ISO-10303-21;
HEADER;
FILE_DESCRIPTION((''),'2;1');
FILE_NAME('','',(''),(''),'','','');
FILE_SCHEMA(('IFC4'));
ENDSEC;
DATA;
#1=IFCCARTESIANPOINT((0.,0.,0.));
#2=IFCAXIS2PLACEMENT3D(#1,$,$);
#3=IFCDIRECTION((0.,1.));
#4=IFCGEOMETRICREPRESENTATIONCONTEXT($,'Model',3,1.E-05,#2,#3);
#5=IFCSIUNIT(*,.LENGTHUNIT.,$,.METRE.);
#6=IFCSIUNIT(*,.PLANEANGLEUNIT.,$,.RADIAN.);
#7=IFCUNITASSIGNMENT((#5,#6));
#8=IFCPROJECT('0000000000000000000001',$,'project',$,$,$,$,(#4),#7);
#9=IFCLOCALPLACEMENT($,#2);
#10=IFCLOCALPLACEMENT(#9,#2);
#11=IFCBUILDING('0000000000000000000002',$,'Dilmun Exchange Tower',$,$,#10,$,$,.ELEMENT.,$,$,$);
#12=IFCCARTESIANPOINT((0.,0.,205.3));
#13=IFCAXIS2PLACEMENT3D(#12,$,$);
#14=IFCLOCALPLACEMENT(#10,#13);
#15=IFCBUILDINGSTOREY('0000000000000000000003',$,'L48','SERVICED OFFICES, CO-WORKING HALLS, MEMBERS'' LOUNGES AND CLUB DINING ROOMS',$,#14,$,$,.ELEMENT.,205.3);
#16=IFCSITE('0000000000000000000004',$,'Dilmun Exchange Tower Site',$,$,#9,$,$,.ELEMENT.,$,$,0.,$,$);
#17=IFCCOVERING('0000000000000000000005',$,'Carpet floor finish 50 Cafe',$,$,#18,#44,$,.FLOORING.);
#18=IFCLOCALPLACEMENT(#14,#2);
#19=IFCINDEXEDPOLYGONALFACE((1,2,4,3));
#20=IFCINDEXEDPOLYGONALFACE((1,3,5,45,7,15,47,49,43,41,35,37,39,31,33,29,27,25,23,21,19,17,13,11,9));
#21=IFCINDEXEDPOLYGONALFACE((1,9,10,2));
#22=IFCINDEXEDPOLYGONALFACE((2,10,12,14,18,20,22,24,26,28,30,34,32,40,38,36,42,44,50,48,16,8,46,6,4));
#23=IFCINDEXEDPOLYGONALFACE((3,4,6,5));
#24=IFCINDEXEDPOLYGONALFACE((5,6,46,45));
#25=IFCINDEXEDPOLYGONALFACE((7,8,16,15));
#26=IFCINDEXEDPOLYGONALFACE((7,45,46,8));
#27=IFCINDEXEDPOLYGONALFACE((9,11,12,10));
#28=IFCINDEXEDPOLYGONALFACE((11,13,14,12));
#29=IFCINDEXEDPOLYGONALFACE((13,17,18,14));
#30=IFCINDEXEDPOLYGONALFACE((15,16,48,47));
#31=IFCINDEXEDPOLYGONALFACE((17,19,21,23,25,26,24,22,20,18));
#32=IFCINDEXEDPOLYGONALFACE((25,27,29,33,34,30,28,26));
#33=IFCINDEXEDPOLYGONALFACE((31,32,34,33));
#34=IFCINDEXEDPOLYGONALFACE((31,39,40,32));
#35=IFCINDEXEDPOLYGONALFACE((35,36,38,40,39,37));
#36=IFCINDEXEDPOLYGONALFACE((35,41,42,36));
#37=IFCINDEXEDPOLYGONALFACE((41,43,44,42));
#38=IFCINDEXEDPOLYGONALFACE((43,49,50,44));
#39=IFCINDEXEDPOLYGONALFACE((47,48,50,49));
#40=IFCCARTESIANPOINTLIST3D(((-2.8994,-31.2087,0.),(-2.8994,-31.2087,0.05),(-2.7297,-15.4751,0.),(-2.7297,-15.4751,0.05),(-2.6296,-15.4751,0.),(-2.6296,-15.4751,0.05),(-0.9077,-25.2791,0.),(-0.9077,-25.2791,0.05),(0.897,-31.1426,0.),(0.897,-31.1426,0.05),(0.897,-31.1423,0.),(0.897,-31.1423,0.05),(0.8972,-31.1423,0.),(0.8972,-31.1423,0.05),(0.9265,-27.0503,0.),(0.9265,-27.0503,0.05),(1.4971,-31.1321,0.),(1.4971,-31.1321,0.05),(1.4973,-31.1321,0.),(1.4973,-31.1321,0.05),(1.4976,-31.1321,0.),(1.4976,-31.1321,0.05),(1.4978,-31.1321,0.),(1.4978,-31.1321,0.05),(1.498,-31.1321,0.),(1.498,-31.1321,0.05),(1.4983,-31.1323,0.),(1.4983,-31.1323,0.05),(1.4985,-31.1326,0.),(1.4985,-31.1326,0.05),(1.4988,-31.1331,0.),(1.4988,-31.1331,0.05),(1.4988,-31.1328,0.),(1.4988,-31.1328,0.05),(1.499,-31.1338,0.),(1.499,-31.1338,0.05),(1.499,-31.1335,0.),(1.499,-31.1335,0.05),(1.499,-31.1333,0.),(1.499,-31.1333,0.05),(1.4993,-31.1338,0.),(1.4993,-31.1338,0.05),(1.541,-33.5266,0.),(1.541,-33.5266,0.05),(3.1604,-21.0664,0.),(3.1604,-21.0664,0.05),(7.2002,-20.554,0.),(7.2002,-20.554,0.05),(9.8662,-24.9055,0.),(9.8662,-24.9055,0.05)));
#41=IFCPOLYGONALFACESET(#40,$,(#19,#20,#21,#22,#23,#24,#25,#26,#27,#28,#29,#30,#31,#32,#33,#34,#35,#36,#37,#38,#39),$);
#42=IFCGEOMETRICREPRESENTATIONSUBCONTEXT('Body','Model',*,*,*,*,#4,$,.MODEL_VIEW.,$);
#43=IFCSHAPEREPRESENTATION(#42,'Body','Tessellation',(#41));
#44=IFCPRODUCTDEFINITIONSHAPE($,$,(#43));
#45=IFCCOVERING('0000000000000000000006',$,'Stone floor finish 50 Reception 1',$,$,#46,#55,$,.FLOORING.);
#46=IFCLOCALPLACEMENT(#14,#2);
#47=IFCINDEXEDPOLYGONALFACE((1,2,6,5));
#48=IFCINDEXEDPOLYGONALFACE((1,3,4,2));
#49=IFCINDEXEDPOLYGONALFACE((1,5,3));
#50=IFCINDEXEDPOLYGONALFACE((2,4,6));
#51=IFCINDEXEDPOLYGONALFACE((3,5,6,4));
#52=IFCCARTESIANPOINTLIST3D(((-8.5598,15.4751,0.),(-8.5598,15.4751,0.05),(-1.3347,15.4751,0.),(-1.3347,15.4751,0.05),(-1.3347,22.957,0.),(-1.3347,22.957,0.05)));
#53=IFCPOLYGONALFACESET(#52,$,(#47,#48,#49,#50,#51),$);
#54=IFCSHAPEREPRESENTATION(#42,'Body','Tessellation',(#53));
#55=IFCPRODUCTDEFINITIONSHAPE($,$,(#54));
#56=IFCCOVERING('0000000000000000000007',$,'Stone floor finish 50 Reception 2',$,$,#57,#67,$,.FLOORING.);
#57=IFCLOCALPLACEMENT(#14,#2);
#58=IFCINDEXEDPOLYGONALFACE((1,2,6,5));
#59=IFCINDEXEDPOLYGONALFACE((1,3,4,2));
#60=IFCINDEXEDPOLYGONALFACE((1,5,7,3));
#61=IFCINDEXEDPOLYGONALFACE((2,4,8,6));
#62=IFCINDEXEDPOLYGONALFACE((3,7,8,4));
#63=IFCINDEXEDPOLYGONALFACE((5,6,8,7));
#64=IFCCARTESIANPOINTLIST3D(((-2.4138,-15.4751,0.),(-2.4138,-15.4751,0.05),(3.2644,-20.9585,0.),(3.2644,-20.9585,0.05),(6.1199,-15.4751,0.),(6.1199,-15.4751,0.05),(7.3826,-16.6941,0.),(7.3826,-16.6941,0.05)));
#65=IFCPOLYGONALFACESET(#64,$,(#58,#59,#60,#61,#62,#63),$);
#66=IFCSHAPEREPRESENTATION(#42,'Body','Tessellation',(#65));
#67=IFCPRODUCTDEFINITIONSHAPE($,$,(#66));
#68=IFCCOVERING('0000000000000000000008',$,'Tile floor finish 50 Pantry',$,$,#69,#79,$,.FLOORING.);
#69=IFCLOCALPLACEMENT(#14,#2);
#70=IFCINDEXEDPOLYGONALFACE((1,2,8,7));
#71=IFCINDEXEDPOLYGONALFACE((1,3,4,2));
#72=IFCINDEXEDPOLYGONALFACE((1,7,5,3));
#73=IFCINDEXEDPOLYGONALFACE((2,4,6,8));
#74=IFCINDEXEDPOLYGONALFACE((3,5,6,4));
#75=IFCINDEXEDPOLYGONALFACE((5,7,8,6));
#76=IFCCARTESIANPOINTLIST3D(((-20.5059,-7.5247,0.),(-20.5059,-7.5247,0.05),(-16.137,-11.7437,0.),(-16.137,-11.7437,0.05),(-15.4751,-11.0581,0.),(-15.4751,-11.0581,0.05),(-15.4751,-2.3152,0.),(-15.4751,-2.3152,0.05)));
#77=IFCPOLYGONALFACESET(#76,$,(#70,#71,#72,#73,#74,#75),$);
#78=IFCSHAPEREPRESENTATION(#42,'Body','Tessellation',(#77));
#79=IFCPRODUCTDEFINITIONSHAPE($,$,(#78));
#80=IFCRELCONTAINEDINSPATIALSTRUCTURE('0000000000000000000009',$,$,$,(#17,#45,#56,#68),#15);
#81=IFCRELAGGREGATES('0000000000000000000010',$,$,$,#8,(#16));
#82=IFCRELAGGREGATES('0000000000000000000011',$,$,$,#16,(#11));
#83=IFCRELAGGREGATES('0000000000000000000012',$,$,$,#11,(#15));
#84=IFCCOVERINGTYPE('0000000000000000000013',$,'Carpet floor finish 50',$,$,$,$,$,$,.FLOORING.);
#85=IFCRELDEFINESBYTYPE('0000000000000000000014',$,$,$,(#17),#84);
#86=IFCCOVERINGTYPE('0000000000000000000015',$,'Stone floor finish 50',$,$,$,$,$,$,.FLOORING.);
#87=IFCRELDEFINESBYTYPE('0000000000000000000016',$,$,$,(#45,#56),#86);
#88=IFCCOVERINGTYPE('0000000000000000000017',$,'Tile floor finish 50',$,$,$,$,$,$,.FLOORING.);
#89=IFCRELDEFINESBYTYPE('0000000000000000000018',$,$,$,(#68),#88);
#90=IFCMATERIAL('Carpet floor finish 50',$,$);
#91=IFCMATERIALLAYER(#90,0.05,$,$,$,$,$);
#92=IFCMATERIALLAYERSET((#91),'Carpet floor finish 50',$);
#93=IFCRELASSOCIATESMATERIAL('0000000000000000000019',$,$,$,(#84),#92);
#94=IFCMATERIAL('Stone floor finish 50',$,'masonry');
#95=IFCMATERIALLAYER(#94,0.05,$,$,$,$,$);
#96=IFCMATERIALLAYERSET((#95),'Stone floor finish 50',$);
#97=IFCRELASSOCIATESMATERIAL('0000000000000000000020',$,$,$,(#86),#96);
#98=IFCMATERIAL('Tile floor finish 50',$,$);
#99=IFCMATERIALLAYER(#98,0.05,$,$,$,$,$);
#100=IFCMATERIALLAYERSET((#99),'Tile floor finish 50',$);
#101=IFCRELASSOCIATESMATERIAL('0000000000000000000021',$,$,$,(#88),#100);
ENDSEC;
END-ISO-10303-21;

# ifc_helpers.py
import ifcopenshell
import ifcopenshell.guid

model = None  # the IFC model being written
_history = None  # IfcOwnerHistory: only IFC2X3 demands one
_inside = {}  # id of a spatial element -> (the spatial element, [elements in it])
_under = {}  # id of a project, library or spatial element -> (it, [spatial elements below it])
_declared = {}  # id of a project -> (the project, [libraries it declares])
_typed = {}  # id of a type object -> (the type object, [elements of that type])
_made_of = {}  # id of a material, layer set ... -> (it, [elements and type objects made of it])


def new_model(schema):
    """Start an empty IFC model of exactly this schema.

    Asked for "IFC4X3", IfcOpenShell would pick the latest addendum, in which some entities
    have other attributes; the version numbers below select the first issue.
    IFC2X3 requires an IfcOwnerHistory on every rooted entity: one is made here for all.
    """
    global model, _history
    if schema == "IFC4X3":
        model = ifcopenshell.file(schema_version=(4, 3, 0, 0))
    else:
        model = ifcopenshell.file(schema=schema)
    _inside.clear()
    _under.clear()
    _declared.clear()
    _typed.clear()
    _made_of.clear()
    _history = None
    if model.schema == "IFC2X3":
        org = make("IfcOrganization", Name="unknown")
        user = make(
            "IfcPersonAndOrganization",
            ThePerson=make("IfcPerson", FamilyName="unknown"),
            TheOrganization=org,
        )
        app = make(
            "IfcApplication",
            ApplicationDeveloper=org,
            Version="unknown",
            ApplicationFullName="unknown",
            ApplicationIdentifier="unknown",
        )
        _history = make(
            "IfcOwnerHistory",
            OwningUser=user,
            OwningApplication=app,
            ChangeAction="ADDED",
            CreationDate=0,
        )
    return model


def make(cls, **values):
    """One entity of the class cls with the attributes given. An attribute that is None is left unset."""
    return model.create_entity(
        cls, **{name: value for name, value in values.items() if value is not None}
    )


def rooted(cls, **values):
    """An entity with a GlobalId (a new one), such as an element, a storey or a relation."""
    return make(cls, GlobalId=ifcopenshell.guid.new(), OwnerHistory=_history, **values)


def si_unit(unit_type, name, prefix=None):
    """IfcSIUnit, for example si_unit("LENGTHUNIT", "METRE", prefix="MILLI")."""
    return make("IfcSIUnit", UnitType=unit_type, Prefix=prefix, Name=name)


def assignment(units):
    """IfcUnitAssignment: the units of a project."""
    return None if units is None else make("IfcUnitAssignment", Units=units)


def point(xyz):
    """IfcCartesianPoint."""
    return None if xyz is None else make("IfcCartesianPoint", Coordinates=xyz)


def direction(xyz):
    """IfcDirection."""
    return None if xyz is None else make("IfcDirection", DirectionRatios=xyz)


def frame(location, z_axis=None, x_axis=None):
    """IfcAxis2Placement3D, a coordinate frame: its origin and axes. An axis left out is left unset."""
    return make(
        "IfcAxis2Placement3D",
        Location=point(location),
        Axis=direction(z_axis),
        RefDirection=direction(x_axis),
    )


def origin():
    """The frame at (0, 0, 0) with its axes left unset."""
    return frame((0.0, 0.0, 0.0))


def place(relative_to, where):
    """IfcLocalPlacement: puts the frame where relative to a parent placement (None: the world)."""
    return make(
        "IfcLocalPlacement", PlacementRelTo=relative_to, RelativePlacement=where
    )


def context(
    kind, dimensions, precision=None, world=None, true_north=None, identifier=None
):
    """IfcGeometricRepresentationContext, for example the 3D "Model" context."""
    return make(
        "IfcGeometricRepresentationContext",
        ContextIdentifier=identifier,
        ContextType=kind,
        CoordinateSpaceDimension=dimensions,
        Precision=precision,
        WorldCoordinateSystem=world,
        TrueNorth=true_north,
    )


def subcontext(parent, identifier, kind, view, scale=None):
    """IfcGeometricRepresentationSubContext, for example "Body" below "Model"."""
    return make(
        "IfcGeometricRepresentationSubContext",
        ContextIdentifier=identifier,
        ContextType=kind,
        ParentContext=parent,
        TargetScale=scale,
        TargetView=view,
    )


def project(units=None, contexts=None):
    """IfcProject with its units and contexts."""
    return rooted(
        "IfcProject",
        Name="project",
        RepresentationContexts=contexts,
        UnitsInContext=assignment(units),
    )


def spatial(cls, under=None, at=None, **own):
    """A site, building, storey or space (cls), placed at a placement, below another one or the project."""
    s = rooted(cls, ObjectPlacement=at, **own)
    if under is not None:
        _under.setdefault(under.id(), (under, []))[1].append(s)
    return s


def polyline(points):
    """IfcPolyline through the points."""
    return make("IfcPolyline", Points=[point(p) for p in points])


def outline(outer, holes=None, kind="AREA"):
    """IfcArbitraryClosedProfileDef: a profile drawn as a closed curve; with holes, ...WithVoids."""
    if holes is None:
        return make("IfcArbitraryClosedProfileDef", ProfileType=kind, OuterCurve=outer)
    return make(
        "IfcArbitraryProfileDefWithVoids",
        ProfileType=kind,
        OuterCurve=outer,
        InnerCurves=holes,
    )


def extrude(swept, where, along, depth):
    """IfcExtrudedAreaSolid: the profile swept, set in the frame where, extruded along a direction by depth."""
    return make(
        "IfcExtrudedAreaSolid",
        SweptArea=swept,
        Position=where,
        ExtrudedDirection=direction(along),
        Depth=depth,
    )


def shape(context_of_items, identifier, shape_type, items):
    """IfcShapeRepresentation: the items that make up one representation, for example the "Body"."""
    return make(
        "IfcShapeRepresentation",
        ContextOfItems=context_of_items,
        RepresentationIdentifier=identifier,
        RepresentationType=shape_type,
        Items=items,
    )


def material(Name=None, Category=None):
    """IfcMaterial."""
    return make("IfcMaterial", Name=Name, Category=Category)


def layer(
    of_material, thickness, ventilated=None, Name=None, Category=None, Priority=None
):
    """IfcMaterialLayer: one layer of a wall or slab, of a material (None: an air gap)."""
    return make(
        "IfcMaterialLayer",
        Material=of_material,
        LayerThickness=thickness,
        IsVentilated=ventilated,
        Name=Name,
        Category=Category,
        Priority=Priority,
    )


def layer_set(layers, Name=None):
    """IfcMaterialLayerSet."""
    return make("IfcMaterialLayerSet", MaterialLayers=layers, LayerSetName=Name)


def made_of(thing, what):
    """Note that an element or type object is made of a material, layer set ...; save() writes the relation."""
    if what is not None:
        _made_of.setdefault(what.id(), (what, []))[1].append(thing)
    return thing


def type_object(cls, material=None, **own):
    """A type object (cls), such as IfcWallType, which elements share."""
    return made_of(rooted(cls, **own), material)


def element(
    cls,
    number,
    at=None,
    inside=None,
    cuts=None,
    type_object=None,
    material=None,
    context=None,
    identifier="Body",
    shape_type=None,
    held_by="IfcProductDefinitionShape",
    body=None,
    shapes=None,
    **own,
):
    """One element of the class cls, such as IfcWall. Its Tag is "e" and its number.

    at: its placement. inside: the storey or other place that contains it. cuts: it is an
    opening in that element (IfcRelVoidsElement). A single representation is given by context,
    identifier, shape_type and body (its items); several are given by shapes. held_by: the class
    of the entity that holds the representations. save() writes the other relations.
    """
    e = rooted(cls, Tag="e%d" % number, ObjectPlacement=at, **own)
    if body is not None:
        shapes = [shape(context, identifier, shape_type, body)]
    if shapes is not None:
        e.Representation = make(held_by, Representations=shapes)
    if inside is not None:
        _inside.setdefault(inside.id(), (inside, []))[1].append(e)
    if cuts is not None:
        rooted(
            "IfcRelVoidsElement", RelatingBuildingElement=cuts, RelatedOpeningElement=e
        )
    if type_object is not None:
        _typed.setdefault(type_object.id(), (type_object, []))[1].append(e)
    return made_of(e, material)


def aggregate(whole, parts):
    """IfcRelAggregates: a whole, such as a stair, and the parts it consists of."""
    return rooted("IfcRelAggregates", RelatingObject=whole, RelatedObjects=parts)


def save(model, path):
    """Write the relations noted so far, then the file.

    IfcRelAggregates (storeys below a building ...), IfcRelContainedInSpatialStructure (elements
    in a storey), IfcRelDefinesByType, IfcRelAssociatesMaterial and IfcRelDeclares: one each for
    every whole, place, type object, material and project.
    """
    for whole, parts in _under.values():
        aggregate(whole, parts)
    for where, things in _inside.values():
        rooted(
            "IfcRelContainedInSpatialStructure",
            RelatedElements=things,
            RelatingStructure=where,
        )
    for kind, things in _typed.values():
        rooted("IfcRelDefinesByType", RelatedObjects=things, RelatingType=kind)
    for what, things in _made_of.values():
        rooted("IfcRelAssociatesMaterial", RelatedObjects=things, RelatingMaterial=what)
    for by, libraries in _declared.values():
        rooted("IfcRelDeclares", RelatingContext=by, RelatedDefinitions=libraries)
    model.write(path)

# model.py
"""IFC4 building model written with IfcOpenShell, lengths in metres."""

from ifc_helpers import new_model, si_unit, direction, frame, origin, place, context, subcontext, project, spatial, polyline, outline, extrude, material, layer, layer_set, type_object, element, save


model = new_model("IFC4")

# Units and contexts
model_context = context("Model", 3, precision=1e-05, world=origin(), true_north=direction((0.0, 1.0)))
body_context = subcontext(model_context, "Body", "Model", "MODEL_VIEW")
ifc_project = project(units=[si_unit("LENGTHUNIT", "METRE"), si_unit("PLANEANGLEUNIT", "RADIAN")], contexts=[model_context])

# Site, building, storey
site_placement = place(None, origin())
site = spatial("IfcSite", under=ifc_project, at=site_placement, Name="Dilmun Exchange Tower Site", CompositionType="ELEMENT", RefElevation=0.0)
building_placement = place(site_placement, origin())
building = spatial("IfcBuilding", under=site, at=building_placement, Name="Dilmun Exchange Tower", CompositionType="ELEMENT")
storey_placement = place(building_placement, frame((0.0, 0.0, 205.3)))
storey = spatial("IfcBuildingStorey", under=building, at=storey_placement, Name="L48", Description="SERVICED OFFICES, CO-WORKING HALLS, MEMBERS' LOUNGES AND CLUB DINING ROOMS", CompositionType="ELEMENT", Elevation=205.3)

# Coverings
ifc_material_1 = material(Name="Carpet floor finish 50")
ifc_layer_1 = layer(ifc_material_1, 0.05)
ifc_layer_set_1 = layer_set([ifc_layer_1], Name="Carpet floor finish 50")
covering_type_1 = type_object("IfcCoveringType", Name="Carpet floor finish 50", PredefinedType="FLOORING", material=ifc_layer_set_1)
covering_1_placement = place(storey_placement, origin())
element("IfcCovering", 1, at=covering_1_placement, inside=storey, type_object=covering_type_1, Name="Carpet floor finish 50 Cafe", PredefinedType="FLOORING", context=body_context, shape_type="SweptSolid", body=[
    extrude(outline(polyline([(7.2002, -20.554), (9.8662, -24.9055), (1.541, -33.5266), (1.4993, -31.1338), (1.499, -31.1338), (1.499, -31.1335), (1.499, -31.1333), (1.499, -31.1333), (1.4988, -31.1331), (1.4988, -31.1328), (1.4988, -31.1328), (1.4985, -31.1326), (1.4983, -31.1323), (1.4983, -31.1323), (1.498, -31.1321), (1.4978, -31.1321), (1.4978, -31.1321), (1.4976, -31.1321), (1.4973, -31.1321), (1.4971, -31.1321), (0.8972, -31.1423), (0.897, -31.1423), (0.897, -31.1426), (-2.8994, -31.2087), (-2.7297, -15.4751), (-2.6296, -15.4751), (3.1604, -21.0664), (-0.9077, -25.2791), (0.9265, -27.0503), (7.2002, -20.554)])), origin(), (0.0, 0.0, 1.0), 0.05),
])
ifc_material_2 = material(Name="Stone floor finish 50", Category="masonry")
ifc_layer_2 = layer(ifc_material_2, 0.05)
ifc_layer_set_2 = layer_set([ifc_layer_2], Name="Stone floor finish 50")
covering_type_2 = type_object("IfcCoveringType", Name="Stone floor finish 50", PredefinedType="FLOORING", material=ifc_layer_set_2)
covering_2_placement = place(storey_placement, origin())
element("IfcCovering", 2, at=covering_2_placement, inside=storey, type_object=covering_type_2, Name="Stone floor finish 50 Reception 1", PredefinedType="FLOORING", context=body_context, shape_type="SweptSolid", body=[
    extrude(outline(polyline([(-1.3347, 22.957), (-1.3347, 15.4751), (-8.5598, 15.4751), (-1.3347, 22.957)])), origin(), (0.0, 0.0, 1.0), 0.05),
])
covering_3_placement = place(storey_placement, origin())
element("IfcCovering", 3, at=covering_3_placement, inside=storey, type_object=covering_type_2, Name="Stone floor finish 50 Reception 2", PredefinedType="FLOORING", context=body_context, shape_type="SweptSolid", body=[
    extrude(outline(polyline([(7.3826, -16.6941), (3.2644, -20.9585), (-2.4138, -15.4751), (6.1199, -15.4751), (7.3826, -16.6941)])), origin(), (0.0, 0.0, 1.0), 0.05),
])
ifc_material_3 = material(Name="Tile floor finish 50")
ifc_layer_3 = layer(ifc_material_3, 0.05)
ifc_layer_set_3 = layer_set([ifc_layer_3], Name="Tile floor finish 50")
covering_type_3 = type_object("IfcCoveringType", Name="Tile floor finish 50", PredefinedType="FLOORING", material=ifc_layer_set_3)
covering_4_placement = place(storey_placement, origin())
element("IfcCovering", 4, at=covering_4_placement, inside=storey, type_object=covering_type_3, Name="Tile floor finish 50 Pantry", PredefinedType="FLOORING", context=body_context, shape_type="SweptSolid", body=[
    extrude(outline(polyline([(-16.137, -11.7437), (-20.5059, -7.5247), (-15.4751, -2.3152), (-15.4751, -11.0581), (-16.137, -11.7437)])), origin(), (0.0, 0.0, 1.0), 0.05),
])

save(model, "model.ifc")
